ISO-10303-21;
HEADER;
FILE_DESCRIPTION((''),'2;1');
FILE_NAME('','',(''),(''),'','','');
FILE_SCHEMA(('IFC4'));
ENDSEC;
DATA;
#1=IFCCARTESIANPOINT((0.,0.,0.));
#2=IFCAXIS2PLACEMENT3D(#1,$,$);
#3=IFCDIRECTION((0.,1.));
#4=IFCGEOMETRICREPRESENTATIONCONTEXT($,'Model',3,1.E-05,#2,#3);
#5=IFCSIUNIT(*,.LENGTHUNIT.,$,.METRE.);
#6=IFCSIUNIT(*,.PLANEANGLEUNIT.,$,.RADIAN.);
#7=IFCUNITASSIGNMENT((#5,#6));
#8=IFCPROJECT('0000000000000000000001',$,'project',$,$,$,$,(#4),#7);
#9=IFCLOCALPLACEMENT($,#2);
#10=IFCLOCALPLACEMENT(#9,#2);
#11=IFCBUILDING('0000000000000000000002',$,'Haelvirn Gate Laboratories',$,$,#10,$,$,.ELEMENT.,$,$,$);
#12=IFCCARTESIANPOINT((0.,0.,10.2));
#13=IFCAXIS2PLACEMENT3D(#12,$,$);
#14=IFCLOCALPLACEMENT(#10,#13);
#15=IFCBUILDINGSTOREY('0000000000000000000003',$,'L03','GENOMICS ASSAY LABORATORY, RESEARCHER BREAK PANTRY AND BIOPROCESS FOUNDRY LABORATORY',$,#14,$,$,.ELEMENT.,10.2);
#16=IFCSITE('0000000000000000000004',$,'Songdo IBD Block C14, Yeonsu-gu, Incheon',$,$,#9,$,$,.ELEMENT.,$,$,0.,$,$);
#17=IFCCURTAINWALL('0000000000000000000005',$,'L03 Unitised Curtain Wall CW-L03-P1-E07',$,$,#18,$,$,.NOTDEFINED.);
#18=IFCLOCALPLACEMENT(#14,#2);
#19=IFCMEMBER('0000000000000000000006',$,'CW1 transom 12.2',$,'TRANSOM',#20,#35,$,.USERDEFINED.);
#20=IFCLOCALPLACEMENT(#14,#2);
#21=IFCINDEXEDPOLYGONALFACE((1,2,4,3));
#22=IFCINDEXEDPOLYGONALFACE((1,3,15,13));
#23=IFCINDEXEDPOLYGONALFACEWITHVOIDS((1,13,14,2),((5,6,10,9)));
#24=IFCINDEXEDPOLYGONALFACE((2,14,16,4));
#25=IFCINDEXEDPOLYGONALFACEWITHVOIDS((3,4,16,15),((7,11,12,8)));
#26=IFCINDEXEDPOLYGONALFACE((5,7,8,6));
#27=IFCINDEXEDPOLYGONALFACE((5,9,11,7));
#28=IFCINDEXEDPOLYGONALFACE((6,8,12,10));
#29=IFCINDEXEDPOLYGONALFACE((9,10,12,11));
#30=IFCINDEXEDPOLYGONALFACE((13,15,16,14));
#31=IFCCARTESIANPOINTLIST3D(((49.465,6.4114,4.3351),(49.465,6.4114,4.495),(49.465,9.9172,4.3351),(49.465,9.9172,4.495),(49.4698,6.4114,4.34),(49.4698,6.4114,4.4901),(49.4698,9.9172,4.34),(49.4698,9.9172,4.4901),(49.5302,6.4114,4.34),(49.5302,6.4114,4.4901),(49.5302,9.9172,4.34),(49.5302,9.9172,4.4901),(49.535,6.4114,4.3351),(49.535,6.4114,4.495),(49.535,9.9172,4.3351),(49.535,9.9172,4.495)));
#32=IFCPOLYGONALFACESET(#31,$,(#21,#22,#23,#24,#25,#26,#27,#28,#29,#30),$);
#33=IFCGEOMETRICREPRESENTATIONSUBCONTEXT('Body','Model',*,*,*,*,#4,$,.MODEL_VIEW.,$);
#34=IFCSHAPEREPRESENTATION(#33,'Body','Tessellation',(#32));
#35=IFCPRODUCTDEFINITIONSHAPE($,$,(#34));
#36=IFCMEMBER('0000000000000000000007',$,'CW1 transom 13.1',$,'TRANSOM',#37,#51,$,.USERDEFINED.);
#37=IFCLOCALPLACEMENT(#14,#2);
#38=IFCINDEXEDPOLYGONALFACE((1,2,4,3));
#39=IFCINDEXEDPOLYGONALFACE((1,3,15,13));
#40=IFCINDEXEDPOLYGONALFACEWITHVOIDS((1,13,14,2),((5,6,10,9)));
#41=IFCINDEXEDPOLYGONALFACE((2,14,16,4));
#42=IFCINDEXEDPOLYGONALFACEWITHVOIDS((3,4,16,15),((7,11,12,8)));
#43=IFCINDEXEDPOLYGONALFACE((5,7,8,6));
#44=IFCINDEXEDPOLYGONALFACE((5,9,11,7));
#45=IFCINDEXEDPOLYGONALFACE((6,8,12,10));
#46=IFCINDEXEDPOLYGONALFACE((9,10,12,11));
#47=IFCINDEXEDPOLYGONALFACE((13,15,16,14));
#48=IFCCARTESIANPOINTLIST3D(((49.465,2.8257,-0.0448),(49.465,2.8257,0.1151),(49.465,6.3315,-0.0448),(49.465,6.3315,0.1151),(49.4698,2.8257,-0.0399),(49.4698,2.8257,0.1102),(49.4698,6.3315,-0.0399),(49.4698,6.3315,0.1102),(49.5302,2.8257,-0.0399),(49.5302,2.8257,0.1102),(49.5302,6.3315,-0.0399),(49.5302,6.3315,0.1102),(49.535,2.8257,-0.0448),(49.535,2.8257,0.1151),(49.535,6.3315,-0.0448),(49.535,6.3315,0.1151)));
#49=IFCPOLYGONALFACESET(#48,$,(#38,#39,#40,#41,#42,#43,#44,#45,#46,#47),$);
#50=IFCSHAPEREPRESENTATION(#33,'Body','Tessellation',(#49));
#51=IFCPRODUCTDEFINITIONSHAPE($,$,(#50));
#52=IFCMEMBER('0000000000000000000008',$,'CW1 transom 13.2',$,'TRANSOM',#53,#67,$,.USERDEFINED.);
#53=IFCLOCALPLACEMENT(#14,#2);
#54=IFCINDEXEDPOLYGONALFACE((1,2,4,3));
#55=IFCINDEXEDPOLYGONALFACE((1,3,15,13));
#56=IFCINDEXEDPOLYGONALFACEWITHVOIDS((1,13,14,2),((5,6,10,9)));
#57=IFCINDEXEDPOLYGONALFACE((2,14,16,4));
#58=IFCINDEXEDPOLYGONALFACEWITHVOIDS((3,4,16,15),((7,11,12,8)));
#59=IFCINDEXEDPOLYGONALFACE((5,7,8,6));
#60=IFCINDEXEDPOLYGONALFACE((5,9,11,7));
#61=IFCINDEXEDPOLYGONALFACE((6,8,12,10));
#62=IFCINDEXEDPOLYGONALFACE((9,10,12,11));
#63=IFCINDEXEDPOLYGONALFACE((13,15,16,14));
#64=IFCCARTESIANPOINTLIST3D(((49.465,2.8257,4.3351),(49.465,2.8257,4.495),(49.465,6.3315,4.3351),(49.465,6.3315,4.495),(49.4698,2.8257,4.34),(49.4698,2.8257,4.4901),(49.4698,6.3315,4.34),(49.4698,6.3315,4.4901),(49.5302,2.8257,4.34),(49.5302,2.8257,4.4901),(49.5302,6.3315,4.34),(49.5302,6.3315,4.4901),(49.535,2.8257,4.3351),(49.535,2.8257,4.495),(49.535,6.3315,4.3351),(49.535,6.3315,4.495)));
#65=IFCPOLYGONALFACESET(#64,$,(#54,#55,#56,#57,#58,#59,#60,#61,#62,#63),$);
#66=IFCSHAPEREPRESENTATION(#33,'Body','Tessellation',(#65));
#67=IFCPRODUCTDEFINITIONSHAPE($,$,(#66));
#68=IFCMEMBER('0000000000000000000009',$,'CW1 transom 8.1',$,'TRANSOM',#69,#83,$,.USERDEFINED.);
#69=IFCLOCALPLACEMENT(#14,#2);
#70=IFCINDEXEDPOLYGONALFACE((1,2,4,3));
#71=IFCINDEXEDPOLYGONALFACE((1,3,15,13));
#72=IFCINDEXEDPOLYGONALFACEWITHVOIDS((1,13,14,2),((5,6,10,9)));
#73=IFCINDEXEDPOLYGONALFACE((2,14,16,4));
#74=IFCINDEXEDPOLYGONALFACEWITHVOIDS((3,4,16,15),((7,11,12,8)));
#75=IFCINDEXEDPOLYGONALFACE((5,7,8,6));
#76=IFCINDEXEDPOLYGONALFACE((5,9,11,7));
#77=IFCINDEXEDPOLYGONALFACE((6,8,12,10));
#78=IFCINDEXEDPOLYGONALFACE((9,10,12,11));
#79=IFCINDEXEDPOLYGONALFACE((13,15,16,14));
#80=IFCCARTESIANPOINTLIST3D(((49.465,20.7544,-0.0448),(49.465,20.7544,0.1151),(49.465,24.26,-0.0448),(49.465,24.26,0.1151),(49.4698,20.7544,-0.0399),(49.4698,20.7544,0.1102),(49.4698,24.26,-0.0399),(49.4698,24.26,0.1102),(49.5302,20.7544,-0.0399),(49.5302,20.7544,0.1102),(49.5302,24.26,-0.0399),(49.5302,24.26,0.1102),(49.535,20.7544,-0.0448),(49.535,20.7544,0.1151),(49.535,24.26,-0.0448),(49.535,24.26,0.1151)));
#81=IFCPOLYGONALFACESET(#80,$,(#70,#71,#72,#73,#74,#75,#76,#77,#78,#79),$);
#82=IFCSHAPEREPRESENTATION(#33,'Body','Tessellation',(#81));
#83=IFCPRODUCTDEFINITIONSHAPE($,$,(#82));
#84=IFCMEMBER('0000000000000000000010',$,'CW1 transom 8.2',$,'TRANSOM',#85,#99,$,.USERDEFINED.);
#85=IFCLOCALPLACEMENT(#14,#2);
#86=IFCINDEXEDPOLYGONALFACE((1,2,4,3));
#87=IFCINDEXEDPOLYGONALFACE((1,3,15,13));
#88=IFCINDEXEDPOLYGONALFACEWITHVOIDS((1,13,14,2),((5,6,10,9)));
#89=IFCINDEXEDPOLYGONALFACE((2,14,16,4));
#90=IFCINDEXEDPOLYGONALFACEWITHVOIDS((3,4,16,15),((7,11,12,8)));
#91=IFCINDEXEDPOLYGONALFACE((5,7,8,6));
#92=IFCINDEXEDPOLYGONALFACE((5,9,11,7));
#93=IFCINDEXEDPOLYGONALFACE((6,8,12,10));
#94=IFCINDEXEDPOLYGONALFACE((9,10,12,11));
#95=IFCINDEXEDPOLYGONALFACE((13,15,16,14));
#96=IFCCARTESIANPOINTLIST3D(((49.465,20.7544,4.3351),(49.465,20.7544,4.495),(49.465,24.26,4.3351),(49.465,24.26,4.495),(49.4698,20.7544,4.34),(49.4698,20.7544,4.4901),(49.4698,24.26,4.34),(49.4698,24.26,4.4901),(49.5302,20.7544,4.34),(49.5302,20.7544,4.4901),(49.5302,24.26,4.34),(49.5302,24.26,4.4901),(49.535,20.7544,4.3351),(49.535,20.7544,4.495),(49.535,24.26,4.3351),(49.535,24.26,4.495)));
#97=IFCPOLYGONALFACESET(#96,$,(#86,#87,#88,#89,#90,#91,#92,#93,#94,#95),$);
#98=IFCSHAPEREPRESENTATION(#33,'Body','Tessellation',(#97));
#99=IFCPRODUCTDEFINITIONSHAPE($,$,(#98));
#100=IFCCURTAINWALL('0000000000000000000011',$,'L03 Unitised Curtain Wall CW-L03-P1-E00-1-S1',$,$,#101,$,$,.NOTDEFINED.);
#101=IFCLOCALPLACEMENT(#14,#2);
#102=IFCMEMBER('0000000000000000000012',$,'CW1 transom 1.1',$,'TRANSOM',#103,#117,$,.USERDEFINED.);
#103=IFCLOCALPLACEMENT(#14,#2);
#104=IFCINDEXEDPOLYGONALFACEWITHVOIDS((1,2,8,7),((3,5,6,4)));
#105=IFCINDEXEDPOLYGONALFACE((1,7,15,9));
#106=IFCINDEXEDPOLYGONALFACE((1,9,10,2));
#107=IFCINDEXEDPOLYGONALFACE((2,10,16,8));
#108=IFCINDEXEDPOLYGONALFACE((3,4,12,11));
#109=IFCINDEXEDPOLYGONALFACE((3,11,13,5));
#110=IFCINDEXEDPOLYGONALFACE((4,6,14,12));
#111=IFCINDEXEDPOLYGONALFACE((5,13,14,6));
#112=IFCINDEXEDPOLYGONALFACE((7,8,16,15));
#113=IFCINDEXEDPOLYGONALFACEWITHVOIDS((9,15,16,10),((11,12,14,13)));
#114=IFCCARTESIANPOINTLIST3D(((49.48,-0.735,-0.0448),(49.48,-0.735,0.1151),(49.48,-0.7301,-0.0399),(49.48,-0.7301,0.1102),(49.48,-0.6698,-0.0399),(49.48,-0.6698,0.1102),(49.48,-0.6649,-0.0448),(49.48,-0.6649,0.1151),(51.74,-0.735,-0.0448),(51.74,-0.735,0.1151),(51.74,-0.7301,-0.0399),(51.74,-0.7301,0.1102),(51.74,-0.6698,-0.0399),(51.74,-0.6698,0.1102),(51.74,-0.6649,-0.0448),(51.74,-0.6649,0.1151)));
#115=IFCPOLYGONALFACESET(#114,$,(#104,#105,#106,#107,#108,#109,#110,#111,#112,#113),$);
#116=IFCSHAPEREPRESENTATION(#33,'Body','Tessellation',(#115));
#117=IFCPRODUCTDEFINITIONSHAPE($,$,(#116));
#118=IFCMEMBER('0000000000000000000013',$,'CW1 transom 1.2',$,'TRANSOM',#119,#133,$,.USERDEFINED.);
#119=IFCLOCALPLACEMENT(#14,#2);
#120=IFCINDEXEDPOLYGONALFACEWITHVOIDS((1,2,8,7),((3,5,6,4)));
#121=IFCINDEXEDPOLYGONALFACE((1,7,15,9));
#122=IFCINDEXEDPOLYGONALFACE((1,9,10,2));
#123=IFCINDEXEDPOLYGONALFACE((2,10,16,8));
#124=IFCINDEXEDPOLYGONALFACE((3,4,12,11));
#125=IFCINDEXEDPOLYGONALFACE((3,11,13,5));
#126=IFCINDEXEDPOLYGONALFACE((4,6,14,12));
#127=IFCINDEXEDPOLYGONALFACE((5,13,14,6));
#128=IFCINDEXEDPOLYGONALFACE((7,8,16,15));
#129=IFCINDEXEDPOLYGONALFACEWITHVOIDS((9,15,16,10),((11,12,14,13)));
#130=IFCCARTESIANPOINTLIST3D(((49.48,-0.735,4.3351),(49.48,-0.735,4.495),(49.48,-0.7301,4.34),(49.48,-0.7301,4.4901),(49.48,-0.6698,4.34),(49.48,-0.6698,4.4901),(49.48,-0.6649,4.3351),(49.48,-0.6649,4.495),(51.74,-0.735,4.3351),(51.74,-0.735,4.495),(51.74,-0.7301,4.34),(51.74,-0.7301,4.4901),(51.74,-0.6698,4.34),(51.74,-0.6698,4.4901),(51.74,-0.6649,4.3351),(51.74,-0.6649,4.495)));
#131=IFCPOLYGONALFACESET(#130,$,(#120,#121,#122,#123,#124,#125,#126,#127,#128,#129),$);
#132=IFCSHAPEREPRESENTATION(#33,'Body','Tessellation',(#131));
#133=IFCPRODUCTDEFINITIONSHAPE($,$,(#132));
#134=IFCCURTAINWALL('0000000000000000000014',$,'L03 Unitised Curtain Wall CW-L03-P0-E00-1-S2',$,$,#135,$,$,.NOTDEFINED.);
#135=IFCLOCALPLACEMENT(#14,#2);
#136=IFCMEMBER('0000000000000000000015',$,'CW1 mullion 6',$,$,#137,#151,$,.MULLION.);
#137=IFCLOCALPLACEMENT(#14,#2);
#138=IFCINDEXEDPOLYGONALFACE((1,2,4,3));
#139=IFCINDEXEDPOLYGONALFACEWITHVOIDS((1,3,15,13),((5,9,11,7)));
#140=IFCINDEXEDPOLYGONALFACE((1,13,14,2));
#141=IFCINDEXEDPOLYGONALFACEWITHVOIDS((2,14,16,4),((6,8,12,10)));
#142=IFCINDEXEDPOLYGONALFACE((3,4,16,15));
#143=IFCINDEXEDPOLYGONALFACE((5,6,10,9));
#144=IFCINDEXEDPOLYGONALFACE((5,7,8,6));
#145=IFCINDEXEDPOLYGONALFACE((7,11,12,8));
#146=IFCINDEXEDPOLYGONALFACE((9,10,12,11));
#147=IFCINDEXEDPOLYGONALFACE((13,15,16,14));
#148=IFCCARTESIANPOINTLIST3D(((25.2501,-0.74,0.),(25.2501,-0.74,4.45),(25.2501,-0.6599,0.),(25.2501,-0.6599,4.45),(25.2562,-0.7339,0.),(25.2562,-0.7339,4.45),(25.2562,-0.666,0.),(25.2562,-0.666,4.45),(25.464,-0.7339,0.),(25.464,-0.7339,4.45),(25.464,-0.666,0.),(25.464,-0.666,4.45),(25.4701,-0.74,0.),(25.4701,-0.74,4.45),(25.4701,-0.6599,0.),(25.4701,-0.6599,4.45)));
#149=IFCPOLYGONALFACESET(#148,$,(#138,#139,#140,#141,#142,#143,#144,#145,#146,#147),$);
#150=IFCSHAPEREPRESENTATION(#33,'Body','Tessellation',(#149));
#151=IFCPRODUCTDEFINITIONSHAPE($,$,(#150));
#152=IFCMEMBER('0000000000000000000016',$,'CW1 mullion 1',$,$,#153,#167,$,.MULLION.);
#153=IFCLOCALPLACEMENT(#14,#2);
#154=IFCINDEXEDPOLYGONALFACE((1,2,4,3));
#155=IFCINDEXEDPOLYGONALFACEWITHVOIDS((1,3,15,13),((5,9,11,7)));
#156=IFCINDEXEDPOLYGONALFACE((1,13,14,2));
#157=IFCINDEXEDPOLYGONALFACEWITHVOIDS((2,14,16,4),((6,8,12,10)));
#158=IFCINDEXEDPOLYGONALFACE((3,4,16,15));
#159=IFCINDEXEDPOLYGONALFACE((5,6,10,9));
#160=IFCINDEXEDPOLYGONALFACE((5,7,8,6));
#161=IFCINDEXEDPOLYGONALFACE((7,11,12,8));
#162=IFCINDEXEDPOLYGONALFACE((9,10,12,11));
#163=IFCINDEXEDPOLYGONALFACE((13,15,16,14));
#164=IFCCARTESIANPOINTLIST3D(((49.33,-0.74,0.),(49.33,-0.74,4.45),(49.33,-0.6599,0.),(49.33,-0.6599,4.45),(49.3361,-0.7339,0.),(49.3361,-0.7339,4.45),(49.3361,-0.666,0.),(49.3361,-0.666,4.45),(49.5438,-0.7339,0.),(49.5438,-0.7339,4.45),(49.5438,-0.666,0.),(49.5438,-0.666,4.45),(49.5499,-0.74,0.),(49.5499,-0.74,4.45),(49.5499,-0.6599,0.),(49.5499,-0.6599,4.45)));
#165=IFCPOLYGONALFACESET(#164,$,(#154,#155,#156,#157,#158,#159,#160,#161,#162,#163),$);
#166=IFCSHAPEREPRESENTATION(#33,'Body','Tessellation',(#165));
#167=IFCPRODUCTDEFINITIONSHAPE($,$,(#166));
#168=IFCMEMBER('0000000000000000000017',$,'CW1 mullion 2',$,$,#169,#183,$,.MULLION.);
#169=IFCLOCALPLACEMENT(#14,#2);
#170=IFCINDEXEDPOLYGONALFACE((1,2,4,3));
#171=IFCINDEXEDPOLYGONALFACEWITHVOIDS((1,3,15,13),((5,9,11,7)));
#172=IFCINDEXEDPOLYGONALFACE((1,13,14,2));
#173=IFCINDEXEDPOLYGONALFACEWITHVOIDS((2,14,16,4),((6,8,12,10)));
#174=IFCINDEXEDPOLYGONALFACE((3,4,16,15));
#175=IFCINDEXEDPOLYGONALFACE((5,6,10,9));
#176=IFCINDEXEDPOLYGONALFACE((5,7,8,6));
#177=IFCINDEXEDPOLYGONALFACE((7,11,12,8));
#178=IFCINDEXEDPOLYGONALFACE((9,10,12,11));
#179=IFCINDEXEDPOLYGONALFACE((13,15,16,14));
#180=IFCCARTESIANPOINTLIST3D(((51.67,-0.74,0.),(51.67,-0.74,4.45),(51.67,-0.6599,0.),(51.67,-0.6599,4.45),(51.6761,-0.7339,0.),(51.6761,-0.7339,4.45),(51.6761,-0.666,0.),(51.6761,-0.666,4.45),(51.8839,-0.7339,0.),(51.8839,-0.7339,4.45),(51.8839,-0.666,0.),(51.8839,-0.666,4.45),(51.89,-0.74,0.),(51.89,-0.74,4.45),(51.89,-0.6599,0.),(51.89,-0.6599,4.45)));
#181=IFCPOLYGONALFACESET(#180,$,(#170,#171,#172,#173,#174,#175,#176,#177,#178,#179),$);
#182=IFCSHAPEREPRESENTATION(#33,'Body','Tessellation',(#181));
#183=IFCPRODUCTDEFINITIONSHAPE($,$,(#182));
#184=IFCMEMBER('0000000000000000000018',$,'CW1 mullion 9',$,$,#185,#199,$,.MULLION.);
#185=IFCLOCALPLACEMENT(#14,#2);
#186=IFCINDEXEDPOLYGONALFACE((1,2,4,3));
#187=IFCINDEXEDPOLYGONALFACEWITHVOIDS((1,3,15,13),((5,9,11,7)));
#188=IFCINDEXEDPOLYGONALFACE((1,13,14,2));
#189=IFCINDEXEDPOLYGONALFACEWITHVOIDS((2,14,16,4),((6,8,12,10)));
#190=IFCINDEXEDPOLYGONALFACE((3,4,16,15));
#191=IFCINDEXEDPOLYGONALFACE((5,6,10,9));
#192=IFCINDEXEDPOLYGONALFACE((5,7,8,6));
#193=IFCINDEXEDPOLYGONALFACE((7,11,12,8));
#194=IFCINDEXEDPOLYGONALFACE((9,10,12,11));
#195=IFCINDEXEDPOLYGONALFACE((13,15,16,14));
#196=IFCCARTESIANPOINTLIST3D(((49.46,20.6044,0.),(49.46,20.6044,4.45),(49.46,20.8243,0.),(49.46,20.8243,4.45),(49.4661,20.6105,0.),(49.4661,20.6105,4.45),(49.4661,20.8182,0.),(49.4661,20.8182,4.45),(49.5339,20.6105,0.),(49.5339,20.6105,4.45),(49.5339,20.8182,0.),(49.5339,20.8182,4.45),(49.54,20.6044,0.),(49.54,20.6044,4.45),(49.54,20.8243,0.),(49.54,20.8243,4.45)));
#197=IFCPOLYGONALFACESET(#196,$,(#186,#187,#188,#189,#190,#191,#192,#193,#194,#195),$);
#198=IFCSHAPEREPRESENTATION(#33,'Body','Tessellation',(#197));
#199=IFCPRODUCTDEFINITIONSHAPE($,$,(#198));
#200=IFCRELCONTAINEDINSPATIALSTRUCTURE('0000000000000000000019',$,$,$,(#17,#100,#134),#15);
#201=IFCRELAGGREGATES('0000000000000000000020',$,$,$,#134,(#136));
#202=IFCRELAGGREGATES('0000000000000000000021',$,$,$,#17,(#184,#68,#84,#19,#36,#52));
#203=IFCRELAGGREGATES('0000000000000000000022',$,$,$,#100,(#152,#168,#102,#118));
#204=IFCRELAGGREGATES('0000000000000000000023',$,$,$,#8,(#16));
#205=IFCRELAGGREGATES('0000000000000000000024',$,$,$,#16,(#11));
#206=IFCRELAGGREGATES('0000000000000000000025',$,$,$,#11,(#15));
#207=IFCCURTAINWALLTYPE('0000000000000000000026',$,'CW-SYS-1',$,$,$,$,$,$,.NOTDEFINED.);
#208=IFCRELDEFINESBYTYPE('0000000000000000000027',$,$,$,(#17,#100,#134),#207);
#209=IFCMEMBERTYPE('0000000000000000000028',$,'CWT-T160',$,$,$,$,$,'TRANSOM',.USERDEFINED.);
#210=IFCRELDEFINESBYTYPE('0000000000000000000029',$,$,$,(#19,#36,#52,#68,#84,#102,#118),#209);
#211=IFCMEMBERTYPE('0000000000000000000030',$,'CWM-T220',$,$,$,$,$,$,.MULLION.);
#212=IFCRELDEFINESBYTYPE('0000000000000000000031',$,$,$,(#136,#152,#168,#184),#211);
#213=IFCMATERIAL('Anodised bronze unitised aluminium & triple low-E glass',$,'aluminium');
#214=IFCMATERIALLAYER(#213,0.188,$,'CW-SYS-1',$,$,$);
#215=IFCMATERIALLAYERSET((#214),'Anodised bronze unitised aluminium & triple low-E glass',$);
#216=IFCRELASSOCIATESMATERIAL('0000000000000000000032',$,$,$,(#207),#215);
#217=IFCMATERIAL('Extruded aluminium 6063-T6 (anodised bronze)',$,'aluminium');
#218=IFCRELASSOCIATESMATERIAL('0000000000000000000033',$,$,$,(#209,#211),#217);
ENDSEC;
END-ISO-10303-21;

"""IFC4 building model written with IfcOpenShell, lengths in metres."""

from ifc_helpers import new_model, si_unit, direction, frame, origin, origin_2d, place, context, subcontext, project, spatial, hollow_rectangle, extrude, source, transform, mapped, material, layer, layer_set, material_profile, profile_set, type_object, type_shapes, element, aggregate, save


model = new_model("IFC4")

# Units and contexts
model_context = context("Model", 3, precision=1e-05, world=origin(), true_north=direction((0.0, 1.0)))
body_context = subcontext(model_context, "Body", "Model", "MODEL_VIEW")
ifc_project = project(units=[si_unit("LENGTHUNIT", "METRE"), si_unit("PLANEANGLEUNIT", "RADIAN")], contexts=[model_context])

# Site, building, storey
site_placement = place(None, origin())
site = spatial("IfcSite", under=ifc_project, at=site_placement, Name="Songdo IBD Block C14, Yeonsu-gu, Incheon", CompositionType="ELEMENT", RefElevation=0.0)
building_placement = place(site_placement, origin())
building = spatial("IfcBuilding", under=site, at=building_placement, Name="Haelvirn Gate Laboratories", CompositionType="ELEMENT")
storey_placement = place(building_placement, frame((0.0, 0.0, 10.2)))
storey = spatial("IfcBuildingStorey", under=building, at=storey_placement, Name="L03", Description="GENOMICS ASSAY LABORATORY, RESEARCHER BREAK PANTRY AND BIOPROCESS FOUNDRY LABORATORY", CompositionType="ELEMENT", Elevation=10.2)

# Curtain walls, members
ifc_material_1 = material(Name="Anodised bronze unitised aluminium & triple low-E glass", Category="aluminium")
ifc_layer_1 = layer(ifc_material_1, 0.188, Name="CW-SYS-1")
ifc_layer_set_1 = layer_set([ifc_layer_1], Name="Anodised bronze unitised aluminium & triple low-E glass")
curtain_wall_type = type_object("IfcCurtainWallType", Name="CW-SYS-1", PredefinedType="NOTDEFINED", material=ifc_layer_set_1)
curtain_wall_1_placement = place(storey_placement, origin())
curtain_wall_1 = element("IfcCurtainWall", 1, at=curtain_wall_1_placement, inside=storey, type_object=curtain_wall_type, Name="L03 Unitised Curtain Wall CW-L03-P1-E07", PredefinedType="NOTDEFINED")
ifc_material_2 = material(Name="Extruded aluminium 6063-T6 (anodised bronze)", Category="aluminium")
ifc_material_profile_1 = material_profile(ifc_material_2, hollow_rectangle(XDim=0.0701, YDim=0.1599, WallThickness=0.0049, at=origin_2d()), Name="CWT-160x70x5")
ifc_profile_set_1 = profile_set([ifc_material_profile_1], Name="Extruded aluminium 6063-T6 (anodised bronze)")
member_type_1 = type_object("IfcMemberType", Name="CWT-T160", ElementType="TRANSOM", PredefinedType="USERDEFINED", material=ifc_profile_set_1)
shared_shape_1 = source(origin(), body_context, "Body", "SweptSolid", [
    extrude(hollow_rectangle(XDim=0.0701, YDim=0.1599, WallThickness=0.0049, at=origin_2d()), origin(), (0.0, 0.0, 1.0), 3.5059),
])
member_1_placement = place(storey_placement, frame((49.5, 9.9172, 4.415), z_axis=(0.0, -1.0, 0.0), x_axis=(1.0, 0.0, 0.0)))
member_1 = element("IfcMember", 2, at=member_1_placement, type_object=member_type_1, Name="CW1 transom 12.2", ObjectType="TRANSOM", PredefinedType="USERDEFINED", context=body_context, shape_type="MappedRepresentation", body=[
    mapped(shared_shape_1, transform((0.0, 0.0, 0.0), scale=1.0)),
])
member_2_placement = place(storey_placement, frame((49.5, 6.3315, 0.0352), z_axis=(0.0, -1.0, 0.0), x_axis=(1.0, 0.0, 0.0)))
member_2 = element("IfcMember", 3, at=member_2_placement, type_object=member_type_1, Name="CW1 transom 13.1", ObjectType="TRANSOM", PredefinedType="USERDEFINED", context=body_context, shape_type="MappedRepresentation", body=[
    mapped(shared_shape_1, transform((0.0, 0.0, 0.0), scale=1.0)),
])
member_3_placement = place(storey_placement, frame((49.5, 6.3315, 4.415), z_axis=(0.0, -1.0, 0.0), x_axis=(1.0, 0.0, 0.0)))
member_3 = element("IfcMember", 4, at=member_3_placement, type_object=member_type_1, Name="CW1 transom 13.2", ObjectType="TRANSOM", PredefinedType="USERDEFINED", context=body_context, shape_type="MappedRepresentation", body=[
    mapped(shared_shape_1, transform((0.0, 0.0, 0.0), scale=1.0)),
])
shared_shape_2 = source(origin(), body_context, "Body", "SweptSolid", [
    extrude(hollow_rectangle(XDim=0.0701, YDim=0.1599, WallThickness=0.0049, at=origin_2d()), origin(), (0.0, 0.0, 1.0), 3.5056),
])
member_4_placement = place(storey_placement, frame((49.5, 24.26, 0.0352), z_axis=(0.0, -1.0, 0.0), x_axis=(1.0, 0.0, 0.0)))
member_4 = element("IfcMember", 5, at=member_4_placement, type_object=member_type_1, Name="CW1 transom 8.1", ObjectType="TRANSOM", PredefinedType="USERDEFINED", context=body_context, shape_type="MappedRepresentation", body=[
    mapped(shared_shape_2, transform((0.0, 0.0, 0.0), scale=1.0)),
])
member_5_placement = place(storey_placement, frame((49.5, 24.26, 4.415), z_axis=(0.0, -1.0, 0.0), x_axis=(1.0, 0.0, 0.0)))
member_5 = element("IfcMember", 6, at=member_5_placement, type_object=member_type_1, Name="CW1 transom 8.2", ObjectType="TRANSOM", PredefinedType="USERDEFINED", context=body_context, shape_type="MappedRepresentation", body=[
    mapped(shared_shape_2, transform((0.0, 0.0, 0.0), scale=1.0)),
])
curtain_wall_2_placement = place(storey_placement, origin())
curtain_wall_2 = element("IfcCurtainWall", 7, at=curtain_wall_2_placement, inside=storey, type_object=curtain_wall_type, Name="L03 Unitised Curtain Wall CW-L03-P1-E00-1-S1", PredefinedType="NOTDEFINED")
shared_shape_3 = source(origin(), body_context, "Body", "SweptSolid", [
    extrude(hollow_rectangle(XDim=0.0701, YDim=0.1599, WallThickness=0.0049, at=origin_2d()), origin(), (0.0, 0.0, 1.0), 2.26),
])
member_6_placement = place(storey_placement, frame((49.48, -0.7, 0.0352), z_axis=(1.0, 0.0, 0.0), x_axis=(0.0, 1.0, 0.0)))
member_6 = element("IfcMember", 8, at=member_6_placement, type_object=member_type_1, Name="CW1 transom 1.1", ObjectType="TRANSOM", PredefinedType="USERDEFINED", context=body_context, shape_type="MappedRepresentation", body=[
    mapped(shared_shape_3, transform((0.0, 0.0, 0.0), scale=1.0)),
])
member_7_placement = place(storey_placement, frame((49.48, -0.7, 4.415), z_axis=(1.0, 0.0, 0.0), x_axis=(0.0, 1.0, 0.0)))
member_7 = element("IfcMember", 9, at=member_7_placement, type_object=member_type_1, Name="CW1 transom 1.2", ObjectType="TRANSOM", PredefinedType="USERDEFINED", context=body_context, shape_type="MappedRepresentation", body=[
    mapped(shared_shape_3, transform((0.0, 0.0, 0.0), scale=1.0)),
])

# Curtain wall, member
curtain_wall_3_placement = place(storey_placement, origin())
curtain_wall_3 = element("IfcCurtainWall", 10, at=curtain_wall_3_placement, inside=storey, type_object=curtain_wall_type, Name="L03 Unitised Curtain Wall CW-L03-P0-E00-1-S2", PredefinedType="NOTDEFINED")
ifc_material_profile_2 = material_profile(ifc_material_2, hollow_rectangle(XDim=0.0801, YDim=0.22, WallThickness=0.0061, at=origin_2d()), Name="CWM-220x80x6")
ifc_profile_set_2 = profile_set([ifc_material_profile_2], Name="Extruded aluminium 6063-T6 (anodised bronze)")
member_type_2 = type_object("IfcMemberType", Name="CWM-T220", PredefinedType="MULLION", material=ifc_profile_set_2)
shared_shape_4 = source(origin(), body_context, "Body", "SweptSolid", [
    extrude(hollow_rectangle(XDim=0.0801, YDim=0.22, WallThickness=0.0061, at=origin_2d()), origin(), (0.0, 0.0, 1.0), 4.45),
])
type_shapes(member_type_2, [shared_shape_4])
member_8_placement = place(storey_placement, frame((25.3601, -0.7, 0.0), z_axis=(0.0, 0.0, 1.0), x_axis=(0.0, 1.0, 0.0)))
member_8 = element("IfcMember", 11, at=member_8_placement, type_object=member_type_2, Name="CW1 mullion 6", PredefinedType="MULLION", context=body_context, shape_type="MappedRepresentation", body=[
    mapped(shared_shape_4, transform((0.0, 0.0, 0.0), scale=1.0)),
])
aggregate(curtain_wall_3, [member_8])

# Members
member_9_placement = place(storey_placement, frame((49.4399, -0.7, 0.0), z_axis=(0.0, 0.0, 1.0), x_axis=(0.0, 1.0, 0.0)))
member_9 = element("IfcMember", 12, at=member_9_placement, type_object=member_type_2, Name="CW1 mullion 1", PredefinedType="MULLION", context=body_context, shape_type="MappedRepresentation", body=[
    mapped(shared_shape_4, transform((0.0, 0.0, 0.0), scale=1.0)),
])
member_10_placement = place(storey_placement, frame((51.78, -0.7, 0.0), z_axis=(0.0, 0.0, 1.0), x_axis=(0.0, 1.0, 0.0)))
member_10 = element("IfcMember", 13, at=member_10_placement, type_object=member_type_2, Name="CW1 mullion 2", PredefinedType="MULLION", context=body_context, shape_type="MappedRepresentation", body=[
    mapped(shared_shape_4, transform((0.0, 0.0, 0.0), scale=1.0)),
])
member_11_placement = place(storey_placement, frame((49.5, 20.7144, 0.0), z_axis=(0.0, 0.0, 1.0), x_axis=(1.0, 0.0, 0.0)))
member_11 = element("IfcMember", 14, at=member_11_placement, type_object=member_type_2, Name="CW1 mullion 9", PredefinedType="MULLION", context=body_context, shape_type="MappedRepresentation", body=[
    mapped(shared_shape_4, transform((0.0, 0.0, 0.0), scale=1.0)),
])

aggregate(curtain_wall_1, [member_11, member_4, member_5, member_1, member_2, member_3])
aggregate(curtain_wall_2, [member_9, member_10, member_6, member_7])

save(model, "model.ifc")
